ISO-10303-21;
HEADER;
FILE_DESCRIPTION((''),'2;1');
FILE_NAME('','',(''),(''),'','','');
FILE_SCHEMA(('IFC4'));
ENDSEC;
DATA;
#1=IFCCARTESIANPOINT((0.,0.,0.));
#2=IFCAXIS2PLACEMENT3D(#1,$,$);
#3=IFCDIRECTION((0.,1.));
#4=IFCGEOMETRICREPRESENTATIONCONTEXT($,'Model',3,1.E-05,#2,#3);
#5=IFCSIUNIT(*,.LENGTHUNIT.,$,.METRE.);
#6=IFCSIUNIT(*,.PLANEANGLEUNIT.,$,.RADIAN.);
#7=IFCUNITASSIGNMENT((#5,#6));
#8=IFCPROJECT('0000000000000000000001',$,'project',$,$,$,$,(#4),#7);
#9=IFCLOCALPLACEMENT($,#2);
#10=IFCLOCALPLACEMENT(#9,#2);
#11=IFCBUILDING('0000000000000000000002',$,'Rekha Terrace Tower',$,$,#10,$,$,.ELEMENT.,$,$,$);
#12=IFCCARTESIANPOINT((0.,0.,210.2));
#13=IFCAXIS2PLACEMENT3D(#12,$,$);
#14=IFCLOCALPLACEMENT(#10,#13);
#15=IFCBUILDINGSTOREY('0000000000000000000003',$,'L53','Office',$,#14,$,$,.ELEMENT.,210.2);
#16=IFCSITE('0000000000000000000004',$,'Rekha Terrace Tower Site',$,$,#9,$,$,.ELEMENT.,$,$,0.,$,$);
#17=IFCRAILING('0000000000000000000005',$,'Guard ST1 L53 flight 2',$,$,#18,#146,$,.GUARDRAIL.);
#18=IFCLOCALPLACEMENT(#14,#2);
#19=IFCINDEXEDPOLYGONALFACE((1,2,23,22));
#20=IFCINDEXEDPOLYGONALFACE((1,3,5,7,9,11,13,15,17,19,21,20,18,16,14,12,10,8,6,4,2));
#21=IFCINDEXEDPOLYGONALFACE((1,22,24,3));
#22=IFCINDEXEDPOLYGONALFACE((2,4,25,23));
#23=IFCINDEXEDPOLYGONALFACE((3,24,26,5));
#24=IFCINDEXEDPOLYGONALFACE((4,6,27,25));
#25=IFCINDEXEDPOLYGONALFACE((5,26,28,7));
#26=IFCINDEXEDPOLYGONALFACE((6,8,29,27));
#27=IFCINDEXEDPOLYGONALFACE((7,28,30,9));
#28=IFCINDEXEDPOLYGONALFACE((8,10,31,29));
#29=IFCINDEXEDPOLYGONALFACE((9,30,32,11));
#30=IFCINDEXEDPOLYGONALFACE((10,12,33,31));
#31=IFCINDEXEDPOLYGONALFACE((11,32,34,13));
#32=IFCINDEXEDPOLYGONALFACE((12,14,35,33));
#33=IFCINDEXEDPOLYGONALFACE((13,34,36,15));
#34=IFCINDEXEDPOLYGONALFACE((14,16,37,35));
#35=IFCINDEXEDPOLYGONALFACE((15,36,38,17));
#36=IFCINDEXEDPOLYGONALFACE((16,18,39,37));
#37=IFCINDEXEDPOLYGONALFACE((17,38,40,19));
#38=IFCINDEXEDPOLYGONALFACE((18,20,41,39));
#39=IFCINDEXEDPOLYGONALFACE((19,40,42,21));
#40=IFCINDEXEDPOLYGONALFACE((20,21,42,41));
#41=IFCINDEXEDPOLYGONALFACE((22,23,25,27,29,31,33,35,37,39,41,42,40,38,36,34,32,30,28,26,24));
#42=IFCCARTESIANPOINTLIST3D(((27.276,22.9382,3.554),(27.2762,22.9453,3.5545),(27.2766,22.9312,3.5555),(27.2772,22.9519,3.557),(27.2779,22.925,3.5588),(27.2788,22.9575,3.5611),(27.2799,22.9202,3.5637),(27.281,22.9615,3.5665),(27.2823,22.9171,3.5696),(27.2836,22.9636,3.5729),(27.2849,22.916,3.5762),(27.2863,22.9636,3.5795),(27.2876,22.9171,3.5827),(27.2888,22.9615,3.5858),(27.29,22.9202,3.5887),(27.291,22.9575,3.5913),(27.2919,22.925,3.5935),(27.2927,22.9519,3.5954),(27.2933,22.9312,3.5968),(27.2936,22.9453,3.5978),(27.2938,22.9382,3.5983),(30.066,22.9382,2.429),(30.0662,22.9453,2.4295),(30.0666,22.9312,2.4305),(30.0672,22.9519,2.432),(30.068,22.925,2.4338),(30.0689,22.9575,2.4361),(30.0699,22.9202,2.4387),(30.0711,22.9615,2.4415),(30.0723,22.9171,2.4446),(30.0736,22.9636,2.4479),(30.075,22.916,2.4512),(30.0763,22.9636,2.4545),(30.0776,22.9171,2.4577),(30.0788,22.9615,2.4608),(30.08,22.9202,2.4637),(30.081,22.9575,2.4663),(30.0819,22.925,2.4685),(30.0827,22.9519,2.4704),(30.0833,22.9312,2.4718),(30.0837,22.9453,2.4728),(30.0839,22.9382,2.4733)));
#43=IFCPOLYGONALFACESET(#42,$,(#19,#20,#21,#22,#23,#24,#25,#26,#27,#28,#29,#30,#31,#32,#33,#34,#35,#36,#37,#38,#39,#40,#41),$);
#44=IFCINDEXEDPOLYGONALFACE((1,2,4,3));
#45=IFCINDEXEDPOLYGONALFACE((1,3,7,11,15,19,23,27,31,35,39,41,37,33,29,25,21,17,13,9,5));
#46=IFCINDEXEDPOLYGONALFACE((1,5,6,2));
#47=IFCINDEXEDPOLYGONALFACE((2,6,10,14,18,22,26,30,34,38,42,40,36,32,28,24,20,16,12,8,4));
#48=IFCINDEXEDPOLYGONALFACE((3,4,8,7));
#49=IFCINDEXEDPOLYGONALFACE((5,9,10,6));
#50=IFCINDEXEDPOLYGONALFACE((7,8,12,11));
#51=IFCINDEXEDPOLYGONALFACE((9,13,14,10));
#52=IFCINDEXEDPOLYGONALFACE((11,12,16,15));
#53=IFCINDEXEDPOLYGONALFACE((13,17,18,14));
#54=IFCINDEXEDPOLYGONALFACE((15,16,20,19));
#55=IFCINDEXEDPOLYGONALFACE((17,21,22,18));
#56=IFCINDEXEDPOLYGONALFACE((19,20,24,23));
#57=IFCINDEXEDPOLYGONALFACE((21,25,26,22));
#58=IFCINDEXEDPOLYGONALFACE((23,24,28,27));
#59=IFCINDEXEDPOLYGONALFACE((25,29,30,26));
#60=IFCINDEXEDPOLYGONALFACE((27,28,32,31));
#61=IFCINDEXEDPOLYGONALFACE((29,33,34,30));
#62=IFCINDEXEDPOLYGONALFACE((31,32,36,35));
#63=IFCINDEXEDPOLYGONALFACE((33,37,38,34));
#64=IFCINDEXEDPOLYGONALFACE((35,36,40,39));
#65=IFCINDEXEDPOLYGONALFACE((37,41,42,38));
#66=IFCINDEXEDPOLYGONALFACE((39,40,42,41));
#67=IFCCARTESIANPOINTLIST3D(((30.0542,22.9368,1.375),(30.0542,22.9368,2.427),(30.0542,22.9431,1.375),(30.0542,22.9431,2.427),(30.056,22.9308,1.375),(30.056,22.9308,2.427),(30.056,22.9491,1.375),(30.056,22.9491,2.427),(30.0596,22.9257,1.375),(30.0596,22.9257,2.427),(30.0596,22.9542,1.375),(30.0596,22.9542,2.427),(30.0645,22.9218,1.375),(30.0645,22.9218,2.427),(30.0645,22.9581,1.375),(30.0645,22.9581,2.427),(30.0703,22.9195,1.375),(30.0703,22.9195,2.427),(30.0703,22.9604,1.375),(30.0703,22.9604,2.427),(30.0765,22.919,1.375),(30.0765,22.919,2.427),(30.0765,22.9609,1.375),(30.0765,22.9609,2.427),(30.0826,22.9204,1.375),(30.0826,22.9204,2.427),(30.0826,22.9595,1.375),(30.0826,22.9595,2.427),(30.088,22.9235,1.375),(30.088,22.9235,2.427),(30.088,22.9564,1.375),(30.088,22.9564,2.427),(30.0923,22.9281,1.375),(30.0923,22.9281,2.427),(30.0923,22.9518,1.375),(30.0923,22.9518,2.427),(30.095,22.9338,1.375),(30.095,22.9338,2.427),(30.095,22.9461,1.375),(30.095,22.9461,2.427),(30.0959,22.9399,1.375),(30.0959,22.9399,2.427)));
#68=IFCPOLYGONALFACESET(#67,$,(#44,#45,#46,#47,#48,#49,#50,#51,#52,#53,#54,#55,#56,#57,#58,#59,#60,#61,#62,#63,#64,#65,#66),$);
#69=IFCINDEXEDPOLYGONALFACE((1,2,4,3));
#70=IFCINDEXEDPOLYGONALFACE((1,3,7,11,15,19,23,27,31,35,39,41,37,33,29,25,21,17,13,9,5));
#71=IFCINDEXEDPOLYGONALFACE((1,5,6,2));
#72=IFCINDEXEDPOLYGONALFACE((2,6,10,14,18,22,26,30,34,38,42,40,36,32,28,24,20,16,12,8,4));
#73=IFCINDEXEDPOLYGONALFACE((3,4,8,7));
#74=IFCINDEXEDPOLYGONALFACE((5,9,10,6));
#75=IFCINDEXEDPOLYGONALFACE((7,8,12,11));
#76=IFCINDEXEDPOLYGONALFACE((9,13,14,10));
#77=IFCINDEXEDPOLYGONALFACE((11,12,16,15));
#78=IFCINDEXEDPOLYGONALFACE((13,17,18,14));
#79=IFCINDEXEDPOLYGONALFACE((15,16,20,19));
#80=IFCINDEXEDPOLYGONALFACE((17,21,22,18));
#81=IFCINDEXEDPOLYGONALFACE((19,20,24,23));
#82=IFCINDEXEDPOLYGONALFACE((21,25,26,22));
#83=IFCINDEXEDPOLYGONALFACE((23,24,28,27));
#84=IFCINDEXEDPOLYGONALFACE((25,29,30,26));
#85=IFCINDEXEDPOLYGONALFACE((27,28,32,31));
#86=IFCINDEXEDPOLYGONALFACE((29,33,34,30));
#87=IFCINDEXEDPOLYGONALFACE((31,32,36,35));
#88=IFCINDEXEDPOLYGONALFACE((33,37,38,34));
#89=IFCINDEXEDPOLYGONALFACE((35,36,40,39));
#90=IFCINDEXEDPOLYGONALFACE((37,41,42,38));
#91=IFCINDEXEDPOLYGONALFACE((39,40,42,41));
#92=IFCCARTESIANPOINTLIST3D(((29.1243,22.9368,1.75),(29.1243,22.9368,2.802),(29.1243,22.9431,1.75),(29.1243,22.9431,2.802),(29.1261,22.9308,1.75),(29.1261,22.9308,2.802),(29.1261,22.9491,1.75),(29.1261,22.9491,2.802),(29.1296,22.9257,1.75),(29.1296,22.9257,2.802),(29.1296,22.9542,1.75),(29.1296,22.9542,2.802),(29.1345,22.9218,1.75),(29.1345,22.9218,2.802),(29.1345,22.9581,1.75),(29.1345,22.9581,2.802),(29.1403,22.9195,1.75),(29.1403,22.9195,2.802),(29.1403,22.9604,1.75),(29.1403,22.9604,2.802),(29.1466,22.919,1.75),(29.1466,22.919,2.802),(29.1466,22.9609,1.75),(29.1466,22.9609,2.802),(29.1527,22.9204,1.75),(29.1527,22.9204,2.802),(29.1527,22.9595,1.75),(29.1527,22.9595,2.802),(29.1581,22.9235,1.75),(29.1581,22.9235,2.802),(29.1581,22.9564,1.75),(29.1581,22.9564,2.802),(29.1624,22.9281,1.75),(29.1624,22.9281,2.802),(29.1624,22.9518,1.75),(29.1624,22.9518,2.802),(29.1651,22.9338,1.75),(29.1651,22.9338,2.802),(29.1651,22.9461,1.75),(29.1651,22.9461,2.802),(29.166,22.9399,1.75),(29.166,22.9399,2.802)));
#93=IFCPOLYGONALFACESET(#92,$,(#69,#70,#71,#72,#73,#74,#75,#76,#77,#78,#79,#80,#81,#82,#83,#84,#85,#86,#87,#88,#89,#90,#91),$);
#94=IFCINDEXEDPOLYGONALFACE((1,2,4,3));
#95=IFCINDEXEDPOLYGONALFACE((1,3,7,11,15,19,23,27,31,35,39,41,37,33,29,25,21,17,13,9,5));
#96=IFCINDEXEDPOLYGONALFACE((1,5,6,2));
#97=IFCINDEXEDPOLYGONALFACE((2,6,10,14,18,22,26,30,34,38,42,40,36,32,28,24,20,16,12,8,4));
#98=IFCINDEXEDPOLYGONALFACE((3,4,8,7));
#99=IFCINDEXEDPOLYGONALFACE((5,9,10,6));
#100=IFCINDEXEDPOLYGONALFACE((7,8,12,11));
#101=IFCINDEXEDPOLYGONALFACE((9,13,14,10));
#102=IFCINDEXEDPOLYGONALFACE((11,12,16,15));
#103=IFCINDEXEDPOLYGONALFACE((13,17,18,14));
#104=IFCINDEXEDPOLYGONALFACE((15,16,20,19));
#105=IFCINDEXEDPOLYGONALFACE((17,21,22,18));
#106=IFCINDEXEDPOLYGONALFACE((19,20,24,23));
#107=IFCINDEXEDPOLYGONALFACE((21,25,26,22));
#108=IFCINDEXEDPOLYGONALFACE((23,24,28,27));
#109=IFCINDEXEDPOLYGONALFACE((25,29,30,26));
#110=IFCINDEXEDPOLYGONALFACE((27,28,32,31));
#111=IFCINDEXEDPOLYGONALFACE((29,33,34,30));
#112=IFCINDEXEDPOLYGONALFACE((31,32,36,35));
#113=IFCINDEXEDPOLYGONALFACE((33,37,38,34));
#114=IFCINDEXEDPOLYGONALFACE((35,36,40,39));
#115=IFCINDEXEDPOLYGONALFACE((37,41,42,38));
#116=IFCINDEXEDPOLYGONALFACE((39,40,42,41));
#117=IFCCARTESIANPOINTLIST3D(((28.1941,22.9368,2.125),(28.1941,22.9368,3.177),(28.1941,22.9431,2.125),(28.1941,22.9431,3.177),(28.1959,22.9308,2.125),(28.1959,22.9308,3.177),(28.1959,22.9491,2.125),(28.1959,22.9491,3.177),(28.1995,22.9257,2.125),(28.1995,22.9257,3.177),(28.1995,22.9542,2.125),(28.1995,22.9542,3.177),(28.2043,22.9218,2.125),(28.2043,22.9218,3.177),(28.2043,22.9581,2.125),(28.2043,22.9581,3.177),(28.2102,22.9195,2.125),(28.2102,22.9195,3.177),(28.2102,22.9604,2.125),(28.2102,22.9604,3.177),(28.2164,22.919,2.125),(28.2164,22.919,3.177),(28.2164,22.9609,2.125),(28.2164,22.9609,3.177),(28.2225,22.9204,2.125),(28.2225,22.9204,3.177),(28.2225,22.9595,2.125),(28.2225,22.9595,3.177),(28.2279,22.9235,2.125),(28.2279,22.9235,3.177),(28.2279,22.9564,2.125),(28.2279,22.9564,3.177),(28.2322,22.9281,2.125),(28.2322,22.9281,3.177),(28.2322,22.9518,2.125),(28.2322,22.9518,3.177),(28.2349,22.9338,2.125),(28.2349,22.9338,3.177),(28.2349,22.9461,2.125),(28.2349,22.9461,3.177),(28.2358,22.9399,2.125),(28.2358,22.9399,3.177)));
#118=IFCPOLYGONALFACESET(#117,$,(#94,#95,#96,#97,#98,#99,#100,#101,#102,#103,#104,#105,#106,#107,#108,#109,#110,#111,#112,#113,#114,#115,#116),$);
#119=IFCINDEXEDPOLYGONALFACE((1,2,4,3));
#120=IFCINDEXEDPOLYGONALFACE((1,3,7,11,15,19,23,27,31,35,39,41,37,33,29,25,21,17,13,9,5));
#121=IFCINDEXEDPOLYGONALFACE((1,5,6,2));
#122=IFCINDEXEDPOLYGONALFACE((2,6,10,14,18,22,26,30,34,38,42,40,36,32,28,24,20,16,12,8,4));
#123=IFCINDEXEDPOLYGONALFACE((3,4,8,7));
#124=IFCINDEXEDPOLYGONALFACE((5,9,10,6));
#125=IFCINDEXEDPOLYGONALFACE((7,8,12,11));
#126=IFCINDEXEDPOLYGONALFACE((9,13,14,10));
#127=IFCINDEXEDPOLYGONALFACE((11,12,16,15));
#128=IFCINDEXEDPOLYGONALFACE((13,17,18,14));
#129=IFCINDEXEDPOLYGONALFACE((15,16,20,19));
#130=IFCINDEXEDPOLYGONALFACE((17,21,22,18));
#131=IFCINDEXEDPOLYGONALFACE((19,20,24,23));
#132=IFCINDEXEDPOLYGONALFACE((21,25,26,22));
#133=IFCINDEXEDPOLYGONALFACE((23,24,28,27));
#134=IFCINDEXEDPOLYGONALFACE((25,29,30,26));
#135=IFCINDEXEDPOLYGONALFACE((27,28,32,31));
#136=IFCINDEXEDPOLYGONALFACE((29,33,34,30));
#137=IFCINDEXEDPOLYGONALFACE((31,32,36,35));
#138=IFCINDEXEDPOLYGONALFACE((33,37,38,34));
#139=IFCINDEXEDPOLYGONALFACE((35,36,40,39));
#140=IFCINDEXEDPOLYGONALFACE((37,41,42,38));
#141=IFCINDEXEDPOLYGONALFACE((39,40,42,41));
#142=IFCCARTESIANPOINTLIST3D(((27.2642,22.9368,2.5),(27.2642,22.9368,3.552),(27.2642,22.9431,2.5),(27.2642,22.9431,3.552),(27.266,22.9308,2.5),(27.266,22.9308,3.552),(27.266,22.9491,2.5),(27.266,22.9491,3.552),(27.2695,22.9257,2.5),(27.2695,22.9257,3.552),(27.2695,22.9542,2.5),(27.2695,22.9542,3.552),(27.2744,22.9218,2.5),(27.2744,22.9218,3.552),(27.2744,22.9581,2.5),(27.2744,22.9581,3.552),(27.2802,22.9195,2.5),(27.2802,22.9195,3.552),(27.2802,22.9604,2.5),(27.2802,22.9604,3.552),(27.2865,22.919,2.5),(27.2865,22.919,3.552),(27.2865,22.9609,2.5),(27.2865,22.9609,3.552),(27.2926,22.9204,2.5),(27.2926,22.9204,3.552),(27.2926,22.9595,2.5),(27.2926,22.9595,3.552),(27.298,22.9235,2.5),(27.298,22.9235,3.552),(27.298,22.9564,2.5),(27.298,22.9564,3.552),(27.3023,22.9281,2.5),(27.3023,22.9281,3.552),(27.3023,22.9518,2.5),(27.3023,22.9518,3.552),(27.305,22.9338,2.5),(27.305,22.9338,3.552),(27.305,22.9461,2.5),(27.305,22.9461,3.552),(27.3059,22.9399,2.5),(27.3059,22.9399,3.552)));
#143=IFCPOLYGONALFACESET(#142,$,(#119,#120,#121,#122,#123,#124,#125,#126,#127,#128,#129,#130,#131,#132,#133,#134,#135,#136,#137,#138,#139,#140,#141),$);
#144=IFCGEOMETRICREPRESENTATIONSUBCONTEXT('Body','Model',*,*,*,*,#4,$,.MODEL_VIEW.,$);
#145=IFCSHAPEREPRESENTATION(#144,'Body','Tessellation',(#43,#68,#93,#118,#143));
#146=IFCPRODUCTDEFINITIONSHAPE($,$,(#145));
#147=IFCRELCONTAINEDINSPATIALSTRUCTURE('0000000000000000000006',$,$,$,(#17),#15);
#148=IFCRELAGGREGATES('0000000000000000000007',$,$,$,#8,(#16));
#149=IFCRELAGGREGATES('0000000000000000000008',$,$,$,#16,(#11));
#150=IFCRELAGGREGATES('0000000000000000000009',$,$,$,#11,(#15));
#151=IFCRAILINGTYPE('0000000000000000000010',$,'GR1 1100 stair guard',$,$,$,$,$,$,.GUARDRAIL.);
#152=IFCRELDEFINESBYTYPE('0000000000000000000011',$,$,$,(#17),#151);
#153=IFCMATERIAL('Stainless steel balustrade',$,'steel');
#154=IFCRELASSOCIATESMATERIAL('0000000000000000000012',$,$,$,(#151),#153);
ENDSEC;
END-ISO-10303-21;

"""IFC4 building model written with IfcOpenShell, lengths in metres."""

from ifc_helpers import new_model, si_unit, direction, frame, origin, origin_2d, place, context, subcontext, project, spatial, circle, extrude, material, type_object, element, save


model = new_model("IFC4")

# Units and contexts
model_context = context("Model", 3, precision=1e-05, world=origin(), true_north=direction((0.0, 1.0)))
body_context = subcontext(model_context, "Body", "Model", "MODEL_VIEW")
ifc_project = project(units=[si_unit("LENGTHUNIT", "METRE"), si_unit("PLANEANGLEUNIT", "RADIAN")], contexts=[model_context])

# Site, building, storey
site_placement = place(None, origin())
site = spatial("IfcSite", under=ifc_project, at=site_placement, Name="Rekha Terrace Tower Site", CompositionType="ELEMENT", RefElevation=0.0)
building_placement = place(site_placement, origin())
building = spatial("IfcBuilding", under=site, at=building_placement, Name="Rekha Terrace Tower", CompositionType="ELEMENT")
storey_placement = place(building_placement, frame((0.0, 0.0, 210.2)))
storey = spatial("IfcBuildingStorey", under=building, at=storey_placement, Name="L53", Description="Office", CompositionType="ELEMENT", Elevation=210.2)

# Railing
ifc_material_1 = material(Name="Stainless steel balustrade", Category="steel")
railing_type_1 = type_object("IfcRailingType", Name="GR1 1100 stair guard", PredefinedType="GUARDRAIL", material=ifc_material_1)
railing_1_placement = place(storey_placement, frame((30.075, 22.9399, 1.375)))
element("IfcRailing", 1, at=railing_1_placement, inside=storey, type_object=railing_type_1, Name="Guard ST1 L53 flight 2", PredefinedType="GUARDRAIL", context=body_context, shape_type="SweptSolid", body=[
    extrude(circle(Radius=0.0239, at=origin_2d()), frame((0.0, 0.0, 1.0762), z_axis=(-0.927443, 0.0, 0.373964), x_axis=(0.0, -1.0, 0.0)), (0.0, 0.0, 1.0), 3.0083),
    extrude(circle(Radius=0.021, at=origin_2d()), origin(), (0.0, 0.0, 1.0), 1.052),
    extrude(circle(Radius=0.021, at=origin_2d()), frame((-0.9299, 0.0, 0.375)), (0.0, 0.0, 1.0), 1.052),
    extrude(circle(Radius=0.021, at=origin_2d()), frame((-1.8601, 0.0, 0.75)), (0.0, 0.0, 1.0), 1.052),
    extrude(circle(Radius=0.021, at=origin_2d()), frame((-2.79, 0.0, 1.125)), (0.0, 0.0, 1.0), 1.052),
])

save(model, "model.ifc")
